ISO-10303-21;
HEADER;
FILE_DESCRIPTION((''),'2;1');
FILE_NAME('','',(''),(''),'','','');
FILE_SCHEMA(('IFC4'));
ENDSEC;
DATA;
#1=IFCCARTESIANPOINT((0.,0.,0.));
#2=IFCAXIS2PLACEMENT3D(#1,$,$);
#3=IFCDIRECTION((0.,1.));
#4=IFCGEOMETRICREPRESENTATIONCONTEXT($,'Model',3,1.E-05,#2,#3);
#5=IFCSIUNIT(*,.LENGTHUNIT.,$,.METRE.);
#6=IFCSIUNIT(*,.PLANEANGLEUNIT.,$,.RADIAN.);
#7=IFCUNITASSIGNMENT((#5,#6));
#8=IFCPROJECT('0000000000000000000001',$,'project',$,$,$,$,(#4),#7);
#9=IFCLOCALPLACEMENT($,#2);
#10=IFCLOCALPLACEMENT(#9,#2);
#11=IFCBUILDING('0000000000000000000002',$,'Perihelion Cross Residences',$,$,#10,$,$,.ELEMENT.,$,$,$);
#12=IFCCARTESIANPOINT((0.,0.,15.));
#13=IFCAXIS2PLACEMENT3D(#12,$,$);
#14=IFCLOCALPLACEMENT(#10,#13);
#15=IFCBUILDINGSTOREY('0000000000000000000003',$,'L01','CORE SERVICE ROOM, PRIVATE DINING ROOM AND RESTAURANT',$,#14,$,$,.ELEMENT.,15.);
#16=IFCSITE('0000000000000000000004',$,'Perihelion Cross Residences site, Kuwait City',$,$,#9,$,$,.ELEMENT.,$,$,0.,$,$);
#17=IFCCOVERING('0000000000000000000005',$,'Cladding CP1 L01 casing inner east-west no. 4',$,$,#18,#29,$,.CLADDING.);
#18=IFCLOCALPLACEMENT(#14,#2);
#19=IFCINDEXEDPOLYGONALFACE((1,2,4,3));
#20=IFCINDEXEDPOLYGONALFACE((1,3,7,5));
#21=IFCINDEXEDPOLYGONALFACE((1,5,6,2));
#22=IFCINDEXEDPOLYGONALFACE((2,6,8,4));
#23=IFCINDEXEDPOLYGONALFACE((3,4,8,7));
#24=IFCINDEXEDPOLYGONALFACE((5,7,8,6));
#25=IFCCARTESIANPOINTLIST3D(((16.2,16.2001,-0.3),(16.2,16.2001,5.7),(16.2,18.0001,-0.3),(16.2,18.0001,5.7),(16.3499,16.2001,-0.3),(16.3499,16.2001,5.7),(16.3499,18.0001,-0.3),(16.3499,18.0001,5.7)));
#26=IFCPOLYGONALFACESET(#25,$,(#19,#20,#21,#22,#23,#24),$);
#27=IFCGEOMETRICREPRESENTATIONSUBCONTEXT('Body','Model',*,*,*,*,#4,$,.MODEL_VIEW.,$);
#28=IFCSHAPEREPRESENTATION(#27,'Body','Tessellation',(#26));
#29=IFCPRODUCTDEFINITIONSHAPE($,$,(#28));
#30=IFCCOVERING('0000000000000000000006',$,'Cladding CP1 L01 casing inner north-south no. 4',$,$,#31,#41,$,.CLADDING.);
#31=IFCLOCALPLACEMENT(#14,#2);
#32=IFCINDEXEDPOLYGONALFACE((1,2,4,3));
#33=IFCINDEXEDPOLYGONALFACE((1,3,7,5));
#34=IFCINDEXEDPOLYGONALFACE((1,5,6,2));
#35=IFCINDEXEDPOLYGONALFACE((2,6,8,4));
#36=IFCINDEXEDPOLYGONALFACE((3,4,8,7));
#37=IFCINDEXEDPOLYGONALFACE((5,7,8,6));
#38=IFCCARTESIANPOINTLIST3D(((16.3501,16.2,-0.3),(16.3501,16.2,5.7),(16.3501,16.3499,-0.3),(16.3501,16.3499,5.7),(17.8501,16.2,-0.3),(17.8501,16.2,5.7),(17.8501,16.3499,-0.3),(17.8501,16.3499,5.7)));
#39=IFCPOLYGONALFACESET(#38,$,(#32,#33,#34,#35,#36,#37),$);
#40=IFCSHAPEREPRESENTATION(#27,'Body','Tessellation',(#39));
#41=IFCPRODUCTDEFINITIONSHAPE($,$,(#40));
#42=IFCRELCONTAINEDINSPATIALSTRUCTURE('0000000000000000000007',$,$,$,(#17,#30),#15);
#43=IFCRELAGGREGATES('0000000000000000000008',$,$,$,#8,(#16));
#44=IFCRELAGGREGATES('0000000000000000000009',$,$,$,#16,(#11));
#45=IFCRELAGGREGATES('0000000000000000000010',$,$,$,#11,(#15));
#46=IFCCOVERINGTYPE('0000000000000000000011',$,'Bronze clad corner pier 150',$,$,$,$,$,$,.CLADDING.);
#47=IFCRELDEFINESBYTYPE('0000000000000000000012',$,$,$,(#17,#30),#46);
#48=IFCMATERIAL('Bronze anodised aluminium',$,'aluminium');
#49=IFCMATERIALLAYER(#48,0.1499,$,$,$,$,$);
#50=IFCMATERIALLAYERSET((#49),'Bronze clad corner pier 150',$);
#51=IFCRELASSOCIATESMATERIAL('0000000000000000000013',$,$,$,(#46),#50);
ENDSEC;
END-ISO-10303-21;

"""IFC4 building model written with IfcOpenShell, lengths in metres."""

from ifc_helpers import new_model, si_unit, direction, frame, origin, origin_2d, place, context, subcontext, project, spatial, rectangle, extrude, material, layer, layer_set, type_object, element, save


model = new_model("IFC4")

# Units and contexts
model_context = context("Model", 3, precision=1e-05, world=origin(), true_north=direction((0.0, 1.0)))
body_context = subcontext(model_context, "Body", "Model", "MODEL_VIEW")
ifc_project = project(units=[si_unit("LENGTHUNIT", "METRE"), si_unit("PLANEANGLEUNIT", "RADIAN")], contexts=[model_context])

# Site, building, storey
site_placement = place(None, origin())
site = spatial("IfcSite", under=ifc_project, at=site_placement, Name="Perihelion Cross Residences site, Kuwait City", CompositionType="ELEMENT", RefElevation=0.0)
building_placement = place(site_placement, origin())
building = spatial("IfcBuilding", under=site, at=building_placement, Name="Perihelion Cross Residences", CompositionType="ELEMENT")
storey_placement = place(building_placement, frame((0.0, 0.0, 15.0)))
storey = spatial("IfcBuildingStorey", under=building, at=storey_placement, Name="L01", Description="CORE SERVICE ROOM, PRIVATE DINING ROOM AND RESTAURANT", CompositionType="ELEMENT", Elevation=15.0)

# Coverings
ifc_material_1 = material(Name="Bronze anodised aluminium", Category="aluminium")
ifc_layer_1 = layer(ifc_material_1, 0.1499)
ifc_layer_set_1 = layer_set([ifc_layer_1], Name="Bronze clad corner pier 150")
covering_type = type_object("IfcCoveringType", Name="Bronze clad corner pier 150", PredefinedType="CLADDING", material=ifc_layer_set_1)
covering_1_placement = place(storey_placement, frame((16.2749, 17.1001, -0.3), z_axis=(0.0, 0.0, 1.0), x_axis=(1.0, 0.0, 0.0)))
element("IfcCovering", 1, at=covering_1_placement, inside=storey, type_object=covering_type, Name="Cladding CP1 L01 casing inner east-west no. 4", PredefinedType="CLADDING", context=body_context, shape_type="SweptSolid", body=[
    extrude(rectangle(XDim=0.1499, YDim=1.8, at=origin_2d()), origin(), (0.0, 0.0, 1.0), 6.0),
])
covering_2_placement = place(storey_placement, frame((17.1001, 16.2749, -0.3), z_axis=(0.0, 0.0, 1.0), x_axis=(1.0, 0.0, 0.0)))
element("IfcCovering", 2, at=covering_2_placement, inside=storey, type_object=covering_type, Name="Cladding CP1 L01 casing inner north-south no. 4", PredefinedType="CLADDING", context=body_context, shape_type="SweptSolid", body=[
    extrude(rectangle(XDim=1.5, YDim=0.1499, at=origin_2d()), origin(), (0.0, 0.0, 1.0), 6.0),
])

save(model, "model.ifc")
